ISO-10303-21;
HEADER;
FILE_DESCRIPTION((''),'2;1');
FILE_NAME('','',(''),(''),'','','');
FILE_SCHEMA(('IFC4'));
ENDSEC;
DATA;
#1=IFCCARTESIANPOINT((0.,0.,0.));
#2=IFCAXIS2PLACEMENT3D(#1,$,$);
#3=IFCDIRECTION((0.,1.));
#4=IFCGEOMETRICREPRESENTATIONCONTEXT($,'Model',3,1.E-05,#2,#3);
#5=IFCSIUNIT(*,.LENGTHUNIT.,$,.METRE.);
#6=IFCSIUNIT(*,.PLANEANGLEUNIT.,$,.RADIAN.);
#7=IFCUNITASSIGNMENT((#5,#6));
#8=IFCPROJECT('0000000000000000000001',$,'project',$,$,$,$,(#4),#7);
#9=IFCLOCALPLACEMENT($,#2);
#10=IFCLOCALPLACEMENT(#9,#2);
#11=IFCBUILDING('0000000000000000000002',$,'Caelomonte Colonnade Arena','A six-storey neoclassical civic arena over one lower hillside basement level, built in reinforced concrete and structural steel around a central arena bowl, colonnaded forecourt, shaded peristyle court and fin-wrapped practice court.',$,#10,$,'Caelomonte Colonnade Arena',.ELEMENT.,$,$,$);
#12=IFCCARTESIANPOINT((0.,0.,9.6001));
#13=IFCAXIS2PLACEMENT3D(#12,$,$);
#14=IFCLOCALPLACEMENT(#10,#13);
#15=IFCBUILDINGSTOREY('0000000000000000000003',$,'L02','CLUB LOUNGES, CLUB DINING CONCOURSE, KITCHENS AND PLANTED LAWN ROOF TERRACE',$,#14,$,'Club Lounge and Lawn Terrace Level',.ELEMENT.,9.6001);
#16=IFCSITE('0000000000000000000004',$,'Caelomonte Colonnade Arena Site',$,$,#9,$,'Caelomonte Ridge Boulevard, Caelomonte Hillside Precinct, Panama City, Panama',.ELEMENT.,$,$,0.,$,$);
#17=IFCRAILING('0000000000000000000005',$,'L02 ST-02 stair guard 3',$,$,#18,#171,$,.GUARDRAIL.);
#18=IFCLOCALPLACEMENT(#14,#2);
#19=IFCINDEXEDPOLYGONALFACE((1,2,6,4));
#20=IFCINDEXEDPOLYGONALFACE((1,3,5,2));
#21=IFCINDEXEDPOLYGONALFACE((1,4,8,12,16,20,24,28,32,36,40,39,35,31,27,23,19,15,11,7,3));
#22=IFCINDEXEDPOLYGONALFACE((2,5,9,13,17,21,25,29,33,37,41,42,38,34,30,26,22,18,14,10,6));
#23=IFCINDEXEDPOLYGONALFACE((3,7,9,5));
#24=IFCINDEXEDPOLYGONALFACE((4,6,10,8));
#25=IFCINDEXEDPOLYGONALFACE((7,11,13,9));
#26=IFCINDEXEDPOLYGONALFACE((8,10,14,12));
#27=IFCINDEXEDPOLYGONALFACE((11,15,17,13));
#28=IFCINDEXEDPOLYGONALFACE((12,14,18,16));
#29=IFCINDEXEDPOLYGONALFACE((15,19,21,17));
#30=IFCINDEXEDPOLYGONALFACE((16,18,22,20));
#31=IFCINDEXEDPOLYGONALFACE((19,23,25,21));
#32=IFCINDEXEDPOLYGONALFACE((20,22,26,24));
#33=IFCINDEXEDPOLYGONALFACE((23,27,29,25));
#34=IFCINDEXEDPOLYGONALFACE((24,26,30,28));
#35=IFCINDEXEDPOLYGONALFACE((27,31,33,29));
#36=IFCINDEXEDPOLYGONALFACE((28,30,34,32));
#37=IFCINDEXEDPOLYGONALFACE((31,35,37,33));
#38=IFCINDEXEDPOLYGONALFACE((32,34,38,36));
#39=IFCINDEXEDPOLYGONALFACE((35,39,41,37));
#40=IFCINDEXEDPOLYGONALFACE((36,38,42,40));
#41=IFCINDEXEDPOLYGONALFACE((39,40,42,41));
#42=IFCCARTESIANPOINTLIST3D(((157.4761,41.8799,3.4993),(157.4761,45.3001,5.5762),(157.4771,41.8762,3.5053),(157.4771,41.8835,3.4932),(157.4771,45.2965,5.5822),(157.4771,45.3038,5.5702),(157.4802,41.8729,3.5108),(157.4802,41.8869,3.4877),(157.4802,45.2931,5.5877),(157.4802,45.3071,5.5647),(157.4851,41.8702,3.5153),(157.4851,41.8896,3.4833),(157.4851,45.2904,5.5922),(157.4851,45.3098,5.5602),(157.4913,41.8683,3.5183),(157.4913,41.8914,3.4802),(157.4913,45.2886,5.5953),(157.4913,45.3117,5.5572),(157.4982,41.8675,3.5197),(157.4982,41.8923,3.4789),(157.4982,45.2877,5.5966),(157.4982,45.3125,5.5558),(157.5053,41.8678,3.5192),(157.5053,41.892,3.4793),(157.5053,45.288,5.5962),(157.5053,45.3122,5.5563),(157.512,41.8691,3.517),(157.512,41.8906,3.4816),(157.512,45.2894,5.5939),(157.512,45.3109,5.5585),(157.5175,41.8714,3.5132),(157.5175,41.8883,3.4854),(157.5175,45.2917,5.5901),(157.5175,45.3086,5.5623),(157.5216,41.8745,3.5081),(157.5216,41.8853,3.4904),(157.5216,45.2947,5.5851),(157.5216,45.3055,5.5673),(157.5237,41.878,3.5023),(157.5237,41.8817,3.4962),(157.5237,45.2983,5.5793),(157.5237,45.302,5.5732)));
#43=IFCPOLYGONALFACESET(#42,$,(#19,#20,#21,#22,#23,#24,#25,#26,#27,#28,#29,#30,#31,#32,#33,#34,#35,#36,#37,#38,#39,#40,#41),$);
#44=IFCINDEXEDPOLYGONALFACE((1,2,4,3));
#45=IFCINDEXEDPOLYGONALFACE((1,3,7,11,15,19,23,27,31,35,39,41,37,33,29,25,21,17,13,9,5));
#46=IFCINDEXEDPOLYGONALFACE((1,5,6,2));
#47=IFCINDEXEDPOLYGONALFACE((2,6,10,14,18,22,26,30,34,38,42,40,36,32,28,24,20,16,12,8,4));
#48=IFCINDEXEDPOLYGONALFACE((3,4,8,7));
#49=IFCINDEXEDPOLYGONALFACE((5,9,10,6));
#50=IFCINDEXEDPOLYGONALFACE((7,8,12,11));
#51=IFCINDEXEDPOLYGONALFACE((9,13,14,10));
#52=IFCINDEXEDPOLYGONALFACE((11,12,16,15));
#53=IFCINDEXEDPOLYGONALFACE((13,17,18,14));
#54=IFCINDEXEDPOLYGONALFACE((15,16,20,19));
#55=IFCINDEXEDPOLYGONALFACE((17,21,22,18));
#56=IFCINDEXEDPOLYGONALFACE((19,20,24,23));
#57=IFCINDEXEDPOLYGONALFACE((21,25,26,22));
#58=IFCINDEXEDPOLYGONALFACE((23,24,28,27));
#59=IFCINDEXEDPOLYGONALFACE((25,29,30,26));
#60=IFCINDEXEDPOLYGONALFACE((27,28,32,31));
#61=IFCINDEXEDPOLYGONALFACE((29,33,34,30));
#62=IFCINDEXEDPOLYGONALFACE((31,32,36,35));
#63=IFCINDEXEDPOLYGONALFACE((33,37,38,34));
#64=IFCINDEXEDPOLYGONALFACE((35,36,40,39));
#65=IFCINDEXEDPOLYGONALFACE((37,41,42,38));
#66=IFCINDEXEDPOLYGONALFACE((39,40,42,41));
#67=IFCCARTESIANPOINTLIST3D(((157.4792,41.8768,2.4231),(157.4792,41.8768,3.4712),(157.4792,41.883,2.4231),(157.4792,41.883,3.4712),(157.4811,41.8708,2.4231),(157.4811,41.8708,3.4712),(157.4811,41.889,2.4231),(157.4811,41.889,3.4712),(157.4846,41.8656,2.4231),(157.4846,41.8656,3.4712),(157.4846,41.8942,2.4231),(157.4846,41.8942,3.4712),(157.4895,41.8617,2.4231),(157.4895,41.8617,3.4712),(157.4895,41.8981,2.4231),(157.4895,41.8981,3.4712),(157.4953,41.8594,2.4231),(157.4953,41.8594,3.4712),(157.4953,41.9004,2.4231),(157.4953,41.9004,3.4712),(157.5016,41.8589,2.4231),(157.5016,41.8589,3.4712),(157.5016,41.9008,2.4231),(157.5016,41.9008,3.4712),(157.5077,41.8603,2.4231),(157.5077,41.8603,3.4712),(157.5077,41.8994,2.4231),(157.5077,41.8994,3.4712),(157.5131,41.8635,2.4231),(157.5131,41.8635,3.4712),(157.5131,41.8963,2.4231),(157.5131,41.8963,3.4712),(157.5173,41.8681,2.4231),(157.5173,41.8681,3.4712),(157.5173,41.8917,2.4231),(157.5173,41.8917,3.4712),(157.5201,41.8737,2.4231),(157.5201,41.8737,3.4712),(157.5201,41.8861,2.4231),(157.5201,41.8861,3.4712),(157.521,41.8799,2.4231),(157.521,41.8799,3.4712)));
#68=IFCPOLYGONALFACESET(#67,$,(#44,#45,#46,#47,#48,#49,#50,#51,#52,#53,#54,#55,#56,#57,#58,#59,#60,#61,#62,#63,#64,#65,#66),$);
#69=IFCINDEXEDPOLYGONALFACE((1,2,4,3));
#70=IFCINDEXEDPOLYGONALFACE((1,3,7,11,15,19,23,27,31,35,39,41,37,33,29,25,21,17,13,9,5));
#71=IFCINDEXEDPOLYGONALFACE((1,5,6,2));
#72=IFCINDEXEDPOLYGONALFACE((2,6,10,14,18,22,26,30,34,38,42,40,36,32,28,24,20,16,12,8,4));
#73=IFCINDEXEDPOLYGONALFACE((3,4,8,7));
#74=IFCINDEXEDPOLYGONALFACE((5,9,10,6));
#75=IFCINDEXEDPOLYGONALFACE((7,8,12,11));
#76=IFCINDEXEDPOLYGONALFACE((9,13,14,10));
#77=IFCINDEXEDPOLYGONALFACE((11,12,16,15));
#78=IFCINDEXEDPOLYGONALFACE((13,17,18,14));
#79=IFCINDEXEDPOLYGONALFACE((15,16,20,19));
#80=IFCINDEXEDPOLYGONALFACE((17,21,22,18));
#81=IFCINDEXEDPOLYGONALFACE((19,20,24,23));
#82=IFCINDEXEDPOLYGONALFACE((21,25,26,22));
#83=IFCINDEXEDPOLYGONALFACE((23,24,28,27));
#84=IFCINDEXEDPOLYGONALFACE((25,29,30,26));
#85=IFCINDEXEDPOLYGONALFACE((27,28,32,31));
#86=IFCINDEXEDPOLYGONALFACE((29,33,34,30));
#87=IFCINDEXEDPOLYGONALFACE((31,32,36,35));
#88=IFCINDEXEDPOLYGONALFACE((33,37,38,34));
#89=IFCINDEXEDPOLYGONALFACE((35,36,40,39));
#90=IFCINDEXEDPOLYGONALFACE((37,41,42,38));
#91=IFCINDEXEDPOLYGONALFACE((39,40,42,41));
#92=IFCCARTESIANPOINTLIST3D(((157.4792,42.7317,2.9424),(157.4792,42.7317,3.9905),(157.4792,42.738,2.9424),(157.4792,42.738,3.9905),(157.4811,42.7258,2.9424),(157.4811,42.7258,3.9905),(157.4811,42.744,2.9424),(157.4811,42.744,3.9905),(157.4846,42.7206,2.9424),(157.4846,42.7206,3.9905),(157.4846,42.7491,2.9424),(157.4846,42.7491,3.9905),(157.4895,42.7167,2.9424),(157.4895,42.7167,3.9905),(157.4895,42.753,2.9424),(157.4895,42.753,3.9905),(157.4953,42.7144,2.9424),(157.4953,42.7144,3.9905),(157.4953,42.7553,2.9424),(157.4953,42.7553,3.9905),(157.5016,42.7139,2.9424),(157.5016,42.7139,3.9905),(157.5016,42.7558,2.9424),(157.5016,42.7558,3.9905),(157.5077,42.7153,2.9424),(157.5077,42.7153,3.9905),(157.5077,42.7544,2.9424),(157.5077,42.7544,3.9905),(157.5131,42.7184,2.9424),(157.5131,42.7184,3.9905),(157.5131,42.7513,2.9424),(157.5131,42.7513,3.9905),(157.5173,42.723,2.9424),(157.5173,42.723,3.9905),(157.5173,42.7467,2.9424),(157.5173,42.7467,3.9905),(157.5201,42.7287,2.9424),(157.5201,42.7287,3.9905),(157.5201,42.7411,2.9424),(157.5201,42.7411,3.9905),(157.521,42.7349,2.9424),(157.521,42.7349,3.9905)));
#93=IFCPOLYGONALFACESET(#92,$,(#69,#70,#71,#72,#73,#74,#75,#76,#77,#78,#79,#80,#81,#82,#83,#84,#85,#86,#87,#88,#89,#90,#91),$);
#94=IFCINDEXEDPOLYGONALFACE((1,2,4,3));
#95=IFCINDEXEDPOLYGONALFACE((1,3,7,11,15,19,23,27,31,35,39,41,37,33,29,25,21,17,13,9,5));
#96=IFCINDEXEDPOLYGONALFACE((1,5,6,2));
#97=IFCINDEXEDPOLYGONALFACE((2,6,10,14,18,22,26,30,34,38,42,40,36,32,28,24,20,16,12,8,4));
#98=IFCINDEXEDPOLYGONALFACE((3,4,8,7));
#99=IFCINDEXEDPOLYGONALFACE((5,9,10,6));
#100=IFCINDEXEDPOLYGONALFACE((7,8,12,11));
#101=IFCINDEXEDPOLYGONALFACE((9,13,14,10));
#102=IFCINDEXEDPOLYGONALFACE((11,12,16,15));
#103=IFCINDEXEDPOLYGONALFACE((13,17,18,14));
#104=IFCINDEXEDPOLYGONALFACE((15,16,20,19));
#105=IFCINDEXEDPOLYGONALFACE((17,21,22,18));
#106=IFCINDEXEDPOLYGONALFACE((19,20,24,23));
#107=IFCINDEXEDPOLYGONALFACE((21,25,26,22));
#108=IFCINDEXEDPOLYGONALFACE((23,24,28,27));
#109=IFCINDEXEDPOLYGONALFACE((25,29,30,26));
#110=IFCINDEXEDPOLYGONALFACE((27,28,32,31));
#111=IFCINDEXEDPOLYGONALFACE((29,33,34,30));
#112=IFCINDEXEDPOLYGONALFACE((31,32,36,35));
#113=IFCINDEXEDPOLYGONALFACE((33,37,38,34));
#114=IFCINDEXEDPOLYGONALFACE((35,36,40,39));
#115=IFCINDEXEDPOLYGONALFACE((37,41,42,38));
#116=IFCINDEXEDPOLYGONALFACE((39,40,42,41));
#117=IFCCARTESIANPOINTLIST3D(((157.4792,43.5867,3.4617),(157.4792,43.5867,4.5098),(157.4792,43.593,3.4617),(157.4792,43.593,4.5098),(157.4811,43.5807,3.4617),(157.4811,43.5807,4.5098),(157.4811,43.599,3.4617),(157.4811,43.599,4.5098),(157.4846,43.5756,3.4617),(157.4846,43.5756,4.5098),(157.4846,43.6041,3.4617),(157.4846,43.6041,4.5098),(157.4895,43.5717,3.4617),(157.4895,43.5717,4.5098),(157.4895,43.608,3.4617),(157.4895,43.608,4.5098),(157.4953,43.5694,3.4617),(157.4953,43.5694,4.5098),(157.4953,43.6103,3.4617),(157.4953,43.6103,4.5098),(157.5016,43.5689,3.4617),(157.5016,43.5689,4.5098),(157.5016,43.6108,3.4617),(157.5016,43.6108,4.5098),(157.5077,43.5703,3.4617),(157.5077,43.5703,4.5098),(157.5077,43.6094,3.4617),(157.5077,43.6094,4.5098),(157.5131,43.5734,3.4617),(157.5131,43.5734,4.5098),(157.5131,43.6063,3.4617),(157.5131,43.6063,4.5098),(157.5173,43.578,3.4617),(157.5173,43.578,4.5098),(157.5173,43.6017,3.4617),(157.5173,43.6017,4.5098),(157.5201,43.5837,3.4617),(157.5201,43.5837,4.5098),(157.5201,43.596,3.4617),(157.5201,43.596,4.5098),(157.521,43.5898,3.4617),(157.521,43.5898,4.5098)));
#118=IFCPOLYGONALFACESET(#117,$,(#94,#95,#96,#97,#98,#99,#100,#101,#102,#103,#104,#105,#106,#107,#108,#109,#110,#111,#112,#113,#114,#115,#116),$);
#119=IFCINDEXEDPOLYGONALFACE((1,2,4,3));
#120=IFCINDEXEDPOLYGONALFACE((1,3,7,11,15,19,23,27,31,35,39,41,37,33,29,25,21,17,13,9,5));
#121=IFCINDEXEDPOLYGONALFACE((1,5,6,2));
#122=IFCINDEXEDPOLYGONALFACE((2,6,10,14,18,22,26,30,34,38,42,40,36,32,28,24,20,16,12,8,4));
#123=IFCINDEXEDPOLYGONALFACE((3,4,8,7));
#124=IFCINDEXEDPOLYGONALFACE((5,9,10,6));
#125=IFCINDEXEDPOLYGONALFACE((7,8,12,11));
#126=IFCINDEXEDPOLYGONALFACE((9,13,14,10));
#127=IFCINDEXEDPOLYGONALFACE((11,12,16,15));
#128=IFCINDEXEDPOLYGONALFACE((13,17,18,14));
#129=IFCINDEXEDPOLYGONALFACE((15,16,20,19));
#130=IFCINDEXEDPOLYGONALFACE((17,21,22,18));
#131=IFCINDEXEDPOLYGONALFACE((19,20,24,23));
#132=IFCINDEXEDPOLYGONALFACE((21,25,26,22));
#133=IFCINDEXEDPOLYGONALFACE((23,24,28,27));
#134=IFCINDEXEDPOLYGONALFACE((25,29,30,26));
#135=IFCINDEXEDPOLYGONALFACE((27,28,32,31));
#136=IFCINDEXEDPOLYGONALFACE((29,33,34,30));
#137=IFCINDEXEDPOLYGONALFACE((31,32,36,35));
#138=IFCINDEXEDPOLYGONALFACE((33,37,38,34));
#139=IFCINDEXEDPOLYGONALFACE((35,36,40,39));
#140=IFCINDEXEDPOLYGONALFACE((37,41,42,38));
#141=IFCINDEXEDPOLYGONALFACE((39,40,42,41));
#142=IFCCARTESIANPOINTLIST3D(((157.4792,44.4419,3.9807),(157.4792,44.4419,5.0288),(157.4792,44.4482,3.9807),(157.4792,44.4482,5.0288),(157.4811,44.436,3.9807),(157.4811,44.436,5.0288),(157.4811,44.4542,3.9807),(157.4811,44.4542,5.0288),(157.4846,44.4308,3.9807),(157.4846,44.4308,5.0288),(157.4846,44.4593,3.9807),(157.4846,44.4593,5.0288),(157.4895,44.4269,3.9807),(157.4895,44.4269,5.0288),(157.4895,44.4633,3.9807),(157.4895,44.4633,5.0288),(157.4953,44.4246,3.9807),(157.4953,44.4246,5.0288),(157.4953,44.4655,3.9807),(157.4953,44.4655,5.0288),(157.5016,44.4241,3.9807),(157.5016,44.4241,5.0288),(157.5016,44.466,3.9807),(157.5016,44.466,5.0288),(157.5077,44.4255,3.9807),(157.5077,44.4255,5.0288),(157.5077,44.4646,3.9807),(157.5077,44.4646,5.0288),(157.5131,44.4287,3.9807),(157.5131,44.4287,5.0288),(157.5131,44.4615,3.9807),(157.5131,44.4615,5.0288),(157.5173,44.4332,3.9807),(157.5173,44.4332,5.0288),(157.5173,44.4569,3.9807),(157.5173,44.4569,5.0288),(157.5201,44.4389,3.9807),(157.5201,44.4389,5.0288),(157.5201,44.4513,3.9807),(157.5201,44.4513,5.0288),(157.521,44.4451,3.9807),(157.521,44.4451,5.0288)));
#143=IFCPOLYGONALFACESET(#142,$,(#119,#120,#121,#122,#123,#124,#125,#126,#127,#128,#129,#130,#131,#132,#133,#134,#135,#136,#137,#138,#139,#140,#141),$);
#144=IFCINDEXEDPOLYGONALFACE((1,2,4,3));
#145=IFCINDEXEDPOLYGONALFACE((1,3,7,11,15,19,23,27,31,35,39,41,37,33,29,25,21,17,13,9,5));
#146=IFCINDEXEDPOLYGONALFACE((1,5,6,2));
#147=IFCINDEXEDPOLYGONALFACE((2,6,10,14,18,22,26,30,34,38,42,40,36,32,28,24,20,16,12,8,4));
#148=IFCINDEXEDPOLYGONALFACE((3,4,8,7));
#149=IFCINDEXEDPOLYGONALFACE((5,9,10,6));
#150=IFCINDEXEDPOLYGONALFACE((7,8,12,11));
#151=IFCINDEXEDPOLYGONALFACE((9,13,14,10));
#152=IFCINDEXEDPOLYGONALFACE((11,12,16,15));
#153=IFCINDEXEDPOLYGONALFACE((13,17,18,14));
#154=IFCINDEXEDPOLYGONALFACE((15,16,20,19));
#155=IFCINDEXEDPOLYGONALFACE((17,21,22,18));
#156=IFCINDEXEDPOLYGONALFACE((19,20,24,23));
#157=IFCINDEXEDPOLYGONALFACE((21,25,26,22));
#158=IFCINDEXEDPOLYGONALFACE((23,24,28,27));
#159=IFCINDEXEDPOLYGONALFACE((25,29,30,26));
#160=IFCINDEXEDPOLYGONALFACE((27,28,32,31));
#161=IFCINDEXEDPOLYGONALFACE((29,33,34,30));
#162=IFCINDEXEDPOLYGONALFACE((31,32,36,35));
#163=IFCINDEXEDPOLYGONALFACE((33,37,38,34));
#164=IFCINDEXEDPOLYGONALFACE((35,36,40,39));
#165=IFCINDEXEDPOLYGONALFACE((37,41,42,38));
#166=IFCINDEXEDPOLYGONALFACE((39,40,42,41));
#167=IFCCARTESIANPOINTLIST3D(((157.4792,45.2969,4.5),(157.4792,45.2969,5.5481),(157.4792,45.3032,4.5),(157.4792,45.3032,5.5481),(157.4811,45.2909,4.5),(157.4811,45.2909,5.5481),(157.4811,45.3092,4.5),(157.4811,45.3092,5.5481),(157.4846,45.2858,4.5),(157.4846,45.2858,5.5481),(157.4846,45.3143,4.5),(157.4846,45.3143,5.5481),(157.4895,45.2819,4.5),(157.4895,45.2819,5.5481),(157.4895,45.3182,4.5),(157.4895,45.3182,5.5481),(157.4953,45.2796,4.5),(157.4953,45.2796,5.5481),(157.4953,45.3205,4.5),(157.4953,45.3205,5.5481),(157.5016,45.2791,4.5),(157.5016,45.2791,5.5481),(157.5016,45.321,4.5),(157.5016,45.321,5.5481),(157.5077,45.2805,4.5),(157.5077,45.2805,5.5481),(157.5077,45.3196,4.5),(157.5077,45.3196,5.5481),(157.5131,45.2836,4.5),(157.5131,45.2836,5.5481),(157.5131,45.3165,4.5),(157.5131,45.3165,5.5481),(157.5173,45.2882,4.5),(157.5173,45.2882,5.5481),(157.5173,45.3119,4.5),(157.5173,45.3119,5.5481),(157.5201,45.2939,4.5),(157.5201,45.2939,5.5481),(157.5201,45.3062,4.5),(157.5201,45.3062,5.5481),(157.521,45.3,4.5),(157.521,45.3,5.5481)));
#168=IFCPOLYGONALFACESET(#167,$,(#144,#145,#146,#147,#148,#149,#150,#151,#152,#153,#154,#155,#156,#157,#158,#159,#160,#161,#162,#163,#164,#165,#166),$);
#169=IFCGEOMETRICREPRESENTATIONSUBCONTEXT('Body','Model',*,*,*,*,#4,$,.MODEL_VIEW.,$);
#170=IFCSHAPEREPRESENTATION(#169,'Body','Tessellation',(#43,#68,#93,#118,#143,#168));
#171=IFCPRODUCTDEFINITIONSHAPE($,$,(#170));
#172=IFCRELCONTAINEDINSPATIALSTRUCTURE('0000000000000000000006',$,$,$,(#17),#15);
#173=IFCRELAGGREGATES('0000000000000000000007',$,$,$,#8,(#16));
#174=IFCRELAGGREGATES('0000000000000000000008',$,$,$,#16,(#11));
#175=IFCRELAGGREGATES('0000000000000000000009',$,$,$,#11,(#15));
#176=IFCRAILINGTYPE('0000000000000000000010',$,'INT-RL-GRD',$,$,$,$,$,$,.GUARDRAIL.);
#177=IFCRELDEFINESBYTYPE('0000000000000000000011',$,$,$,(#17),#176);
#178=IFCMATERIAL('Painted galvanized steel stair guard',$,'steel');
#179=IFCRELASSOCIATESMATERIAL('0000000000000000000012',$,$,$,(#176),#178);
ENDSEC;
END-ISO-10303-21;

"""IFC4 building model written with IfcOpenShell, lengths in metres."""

from ifc_helpers import new_model, si_unit, direction, frame, origin, origin_2d, place, context, subcontext, project, spatial, circle, extrude, material, type_object, element, save


model = new_model("IFC4")

# Units and contexts
model_context = context("Model", 3, precision=1e-05, world=origin(), true_north=direction((0.0, 1.0)))
body_context = subcontext(model_context, "Body", "Model", "MODEL_VIEW")
ifc_project = project(units=[si_unit("LENGTHUNIT", "METRE"), si_unit("PLANEANGLEUNIT", "RADIAN")], contexts=[model_context])

# Site, building, storey
site_placement = place(None, origin())
site = spatial("IfcSite", under=ifc_project, at=site_placement, Name="Caelomonte Colonnade Arena Site", LongName="Caelomonte Ridge Boulevard, Caelomonte Hillside Precinct, Panama City, Panama", CompositionType="ELEMENT", RefElevation=0.0)
building_placement = place(site_placement, origin())
building = spatial("IfcBuilding", under=site, at=building_placement, Name="Caelomonte Colonnade Arena", Description="A six-storey neoclassical civic arena over one lower hillside basement level, built in reinforced concrete and structural steel around a central arena bowl, colonnaded forecourt, shaded peristyle court and fin-wrapped practice court.", LongName="Caelomonte Colonnade Arena", CompositionType="ELEMENT")
storey_placement = place(building_placement, frame((0.0, 0.0, 9.6001)))
storey = spatial("IfcBuildingStorey", under=building, at=storey_placement, Name="L02", Description="CLUB LOUNGES, CLUB DINING CONCOURSE, KITCHENS AND PLANTED LAWN ROOF TERRACE", LongName="Club Lounge and Lawn Terrace Level", CompositionType="ELEMENT", Elevation=9.6001)

# Railing
ifc_material_1 = material(Name="Painted galvanized steel stair guard", Category="steel")
railing_type_1 = type_object("IfcRailingType", Name="INT-RL-GRD", PredefinedType="GUARDRAIL", material=ifc_material_1)
railing_1_placement = place(storey_placement, frame((157.5, 41.8799, 2.4231)))
element("IfcRailing", 1, at=railing_1_placement, inside=storey, type_object=railing_type_1, Name="L02 ST-02 stair guard 3", PredefinedType="GUARDRAIL", context=body_context, shape_type="SweptSolid", body=[
    extrude(circle(Radius=0.0239, at=origin_2d()), frame((0.0, 0.0, 1.0762), z_axis=(0.0, 0.854746, 0.519047), x_axis=(-1.0, 0.0, 0.0)), (0.0, 0.0, 1.0), 4.0015),
    extrude(circle(Radius=0.021, at=origin_2d()), origin(), (0.0, 0.0, 1.0), 1.0481),
    extrude(circle(Radius=0.021, at=origin_2d()), frame((0.0, 0.855, 0.5193)), (0.0, 0.0, 1.0), 1.0481),
    extrude(circle(Radius=0.021, at=origin_2d()), frame((0.0, 1.71, 1.0386)), (0.0, 0.0, 1.0), 1.0481),
    extrude(circle(Radius=0.021, at=origin_2d()), frame((0.0, 2.5652, 1.5576)), (0.0, 0.0, 1.0), 1.0481),
    extrude(circle(Radius=0.021, at=origin_2d()), frame((0.0, 3.4202, 2.0769)), (0.0, 0.0, 1.0), 1.0481),
])

save(model, "model.ifc")
